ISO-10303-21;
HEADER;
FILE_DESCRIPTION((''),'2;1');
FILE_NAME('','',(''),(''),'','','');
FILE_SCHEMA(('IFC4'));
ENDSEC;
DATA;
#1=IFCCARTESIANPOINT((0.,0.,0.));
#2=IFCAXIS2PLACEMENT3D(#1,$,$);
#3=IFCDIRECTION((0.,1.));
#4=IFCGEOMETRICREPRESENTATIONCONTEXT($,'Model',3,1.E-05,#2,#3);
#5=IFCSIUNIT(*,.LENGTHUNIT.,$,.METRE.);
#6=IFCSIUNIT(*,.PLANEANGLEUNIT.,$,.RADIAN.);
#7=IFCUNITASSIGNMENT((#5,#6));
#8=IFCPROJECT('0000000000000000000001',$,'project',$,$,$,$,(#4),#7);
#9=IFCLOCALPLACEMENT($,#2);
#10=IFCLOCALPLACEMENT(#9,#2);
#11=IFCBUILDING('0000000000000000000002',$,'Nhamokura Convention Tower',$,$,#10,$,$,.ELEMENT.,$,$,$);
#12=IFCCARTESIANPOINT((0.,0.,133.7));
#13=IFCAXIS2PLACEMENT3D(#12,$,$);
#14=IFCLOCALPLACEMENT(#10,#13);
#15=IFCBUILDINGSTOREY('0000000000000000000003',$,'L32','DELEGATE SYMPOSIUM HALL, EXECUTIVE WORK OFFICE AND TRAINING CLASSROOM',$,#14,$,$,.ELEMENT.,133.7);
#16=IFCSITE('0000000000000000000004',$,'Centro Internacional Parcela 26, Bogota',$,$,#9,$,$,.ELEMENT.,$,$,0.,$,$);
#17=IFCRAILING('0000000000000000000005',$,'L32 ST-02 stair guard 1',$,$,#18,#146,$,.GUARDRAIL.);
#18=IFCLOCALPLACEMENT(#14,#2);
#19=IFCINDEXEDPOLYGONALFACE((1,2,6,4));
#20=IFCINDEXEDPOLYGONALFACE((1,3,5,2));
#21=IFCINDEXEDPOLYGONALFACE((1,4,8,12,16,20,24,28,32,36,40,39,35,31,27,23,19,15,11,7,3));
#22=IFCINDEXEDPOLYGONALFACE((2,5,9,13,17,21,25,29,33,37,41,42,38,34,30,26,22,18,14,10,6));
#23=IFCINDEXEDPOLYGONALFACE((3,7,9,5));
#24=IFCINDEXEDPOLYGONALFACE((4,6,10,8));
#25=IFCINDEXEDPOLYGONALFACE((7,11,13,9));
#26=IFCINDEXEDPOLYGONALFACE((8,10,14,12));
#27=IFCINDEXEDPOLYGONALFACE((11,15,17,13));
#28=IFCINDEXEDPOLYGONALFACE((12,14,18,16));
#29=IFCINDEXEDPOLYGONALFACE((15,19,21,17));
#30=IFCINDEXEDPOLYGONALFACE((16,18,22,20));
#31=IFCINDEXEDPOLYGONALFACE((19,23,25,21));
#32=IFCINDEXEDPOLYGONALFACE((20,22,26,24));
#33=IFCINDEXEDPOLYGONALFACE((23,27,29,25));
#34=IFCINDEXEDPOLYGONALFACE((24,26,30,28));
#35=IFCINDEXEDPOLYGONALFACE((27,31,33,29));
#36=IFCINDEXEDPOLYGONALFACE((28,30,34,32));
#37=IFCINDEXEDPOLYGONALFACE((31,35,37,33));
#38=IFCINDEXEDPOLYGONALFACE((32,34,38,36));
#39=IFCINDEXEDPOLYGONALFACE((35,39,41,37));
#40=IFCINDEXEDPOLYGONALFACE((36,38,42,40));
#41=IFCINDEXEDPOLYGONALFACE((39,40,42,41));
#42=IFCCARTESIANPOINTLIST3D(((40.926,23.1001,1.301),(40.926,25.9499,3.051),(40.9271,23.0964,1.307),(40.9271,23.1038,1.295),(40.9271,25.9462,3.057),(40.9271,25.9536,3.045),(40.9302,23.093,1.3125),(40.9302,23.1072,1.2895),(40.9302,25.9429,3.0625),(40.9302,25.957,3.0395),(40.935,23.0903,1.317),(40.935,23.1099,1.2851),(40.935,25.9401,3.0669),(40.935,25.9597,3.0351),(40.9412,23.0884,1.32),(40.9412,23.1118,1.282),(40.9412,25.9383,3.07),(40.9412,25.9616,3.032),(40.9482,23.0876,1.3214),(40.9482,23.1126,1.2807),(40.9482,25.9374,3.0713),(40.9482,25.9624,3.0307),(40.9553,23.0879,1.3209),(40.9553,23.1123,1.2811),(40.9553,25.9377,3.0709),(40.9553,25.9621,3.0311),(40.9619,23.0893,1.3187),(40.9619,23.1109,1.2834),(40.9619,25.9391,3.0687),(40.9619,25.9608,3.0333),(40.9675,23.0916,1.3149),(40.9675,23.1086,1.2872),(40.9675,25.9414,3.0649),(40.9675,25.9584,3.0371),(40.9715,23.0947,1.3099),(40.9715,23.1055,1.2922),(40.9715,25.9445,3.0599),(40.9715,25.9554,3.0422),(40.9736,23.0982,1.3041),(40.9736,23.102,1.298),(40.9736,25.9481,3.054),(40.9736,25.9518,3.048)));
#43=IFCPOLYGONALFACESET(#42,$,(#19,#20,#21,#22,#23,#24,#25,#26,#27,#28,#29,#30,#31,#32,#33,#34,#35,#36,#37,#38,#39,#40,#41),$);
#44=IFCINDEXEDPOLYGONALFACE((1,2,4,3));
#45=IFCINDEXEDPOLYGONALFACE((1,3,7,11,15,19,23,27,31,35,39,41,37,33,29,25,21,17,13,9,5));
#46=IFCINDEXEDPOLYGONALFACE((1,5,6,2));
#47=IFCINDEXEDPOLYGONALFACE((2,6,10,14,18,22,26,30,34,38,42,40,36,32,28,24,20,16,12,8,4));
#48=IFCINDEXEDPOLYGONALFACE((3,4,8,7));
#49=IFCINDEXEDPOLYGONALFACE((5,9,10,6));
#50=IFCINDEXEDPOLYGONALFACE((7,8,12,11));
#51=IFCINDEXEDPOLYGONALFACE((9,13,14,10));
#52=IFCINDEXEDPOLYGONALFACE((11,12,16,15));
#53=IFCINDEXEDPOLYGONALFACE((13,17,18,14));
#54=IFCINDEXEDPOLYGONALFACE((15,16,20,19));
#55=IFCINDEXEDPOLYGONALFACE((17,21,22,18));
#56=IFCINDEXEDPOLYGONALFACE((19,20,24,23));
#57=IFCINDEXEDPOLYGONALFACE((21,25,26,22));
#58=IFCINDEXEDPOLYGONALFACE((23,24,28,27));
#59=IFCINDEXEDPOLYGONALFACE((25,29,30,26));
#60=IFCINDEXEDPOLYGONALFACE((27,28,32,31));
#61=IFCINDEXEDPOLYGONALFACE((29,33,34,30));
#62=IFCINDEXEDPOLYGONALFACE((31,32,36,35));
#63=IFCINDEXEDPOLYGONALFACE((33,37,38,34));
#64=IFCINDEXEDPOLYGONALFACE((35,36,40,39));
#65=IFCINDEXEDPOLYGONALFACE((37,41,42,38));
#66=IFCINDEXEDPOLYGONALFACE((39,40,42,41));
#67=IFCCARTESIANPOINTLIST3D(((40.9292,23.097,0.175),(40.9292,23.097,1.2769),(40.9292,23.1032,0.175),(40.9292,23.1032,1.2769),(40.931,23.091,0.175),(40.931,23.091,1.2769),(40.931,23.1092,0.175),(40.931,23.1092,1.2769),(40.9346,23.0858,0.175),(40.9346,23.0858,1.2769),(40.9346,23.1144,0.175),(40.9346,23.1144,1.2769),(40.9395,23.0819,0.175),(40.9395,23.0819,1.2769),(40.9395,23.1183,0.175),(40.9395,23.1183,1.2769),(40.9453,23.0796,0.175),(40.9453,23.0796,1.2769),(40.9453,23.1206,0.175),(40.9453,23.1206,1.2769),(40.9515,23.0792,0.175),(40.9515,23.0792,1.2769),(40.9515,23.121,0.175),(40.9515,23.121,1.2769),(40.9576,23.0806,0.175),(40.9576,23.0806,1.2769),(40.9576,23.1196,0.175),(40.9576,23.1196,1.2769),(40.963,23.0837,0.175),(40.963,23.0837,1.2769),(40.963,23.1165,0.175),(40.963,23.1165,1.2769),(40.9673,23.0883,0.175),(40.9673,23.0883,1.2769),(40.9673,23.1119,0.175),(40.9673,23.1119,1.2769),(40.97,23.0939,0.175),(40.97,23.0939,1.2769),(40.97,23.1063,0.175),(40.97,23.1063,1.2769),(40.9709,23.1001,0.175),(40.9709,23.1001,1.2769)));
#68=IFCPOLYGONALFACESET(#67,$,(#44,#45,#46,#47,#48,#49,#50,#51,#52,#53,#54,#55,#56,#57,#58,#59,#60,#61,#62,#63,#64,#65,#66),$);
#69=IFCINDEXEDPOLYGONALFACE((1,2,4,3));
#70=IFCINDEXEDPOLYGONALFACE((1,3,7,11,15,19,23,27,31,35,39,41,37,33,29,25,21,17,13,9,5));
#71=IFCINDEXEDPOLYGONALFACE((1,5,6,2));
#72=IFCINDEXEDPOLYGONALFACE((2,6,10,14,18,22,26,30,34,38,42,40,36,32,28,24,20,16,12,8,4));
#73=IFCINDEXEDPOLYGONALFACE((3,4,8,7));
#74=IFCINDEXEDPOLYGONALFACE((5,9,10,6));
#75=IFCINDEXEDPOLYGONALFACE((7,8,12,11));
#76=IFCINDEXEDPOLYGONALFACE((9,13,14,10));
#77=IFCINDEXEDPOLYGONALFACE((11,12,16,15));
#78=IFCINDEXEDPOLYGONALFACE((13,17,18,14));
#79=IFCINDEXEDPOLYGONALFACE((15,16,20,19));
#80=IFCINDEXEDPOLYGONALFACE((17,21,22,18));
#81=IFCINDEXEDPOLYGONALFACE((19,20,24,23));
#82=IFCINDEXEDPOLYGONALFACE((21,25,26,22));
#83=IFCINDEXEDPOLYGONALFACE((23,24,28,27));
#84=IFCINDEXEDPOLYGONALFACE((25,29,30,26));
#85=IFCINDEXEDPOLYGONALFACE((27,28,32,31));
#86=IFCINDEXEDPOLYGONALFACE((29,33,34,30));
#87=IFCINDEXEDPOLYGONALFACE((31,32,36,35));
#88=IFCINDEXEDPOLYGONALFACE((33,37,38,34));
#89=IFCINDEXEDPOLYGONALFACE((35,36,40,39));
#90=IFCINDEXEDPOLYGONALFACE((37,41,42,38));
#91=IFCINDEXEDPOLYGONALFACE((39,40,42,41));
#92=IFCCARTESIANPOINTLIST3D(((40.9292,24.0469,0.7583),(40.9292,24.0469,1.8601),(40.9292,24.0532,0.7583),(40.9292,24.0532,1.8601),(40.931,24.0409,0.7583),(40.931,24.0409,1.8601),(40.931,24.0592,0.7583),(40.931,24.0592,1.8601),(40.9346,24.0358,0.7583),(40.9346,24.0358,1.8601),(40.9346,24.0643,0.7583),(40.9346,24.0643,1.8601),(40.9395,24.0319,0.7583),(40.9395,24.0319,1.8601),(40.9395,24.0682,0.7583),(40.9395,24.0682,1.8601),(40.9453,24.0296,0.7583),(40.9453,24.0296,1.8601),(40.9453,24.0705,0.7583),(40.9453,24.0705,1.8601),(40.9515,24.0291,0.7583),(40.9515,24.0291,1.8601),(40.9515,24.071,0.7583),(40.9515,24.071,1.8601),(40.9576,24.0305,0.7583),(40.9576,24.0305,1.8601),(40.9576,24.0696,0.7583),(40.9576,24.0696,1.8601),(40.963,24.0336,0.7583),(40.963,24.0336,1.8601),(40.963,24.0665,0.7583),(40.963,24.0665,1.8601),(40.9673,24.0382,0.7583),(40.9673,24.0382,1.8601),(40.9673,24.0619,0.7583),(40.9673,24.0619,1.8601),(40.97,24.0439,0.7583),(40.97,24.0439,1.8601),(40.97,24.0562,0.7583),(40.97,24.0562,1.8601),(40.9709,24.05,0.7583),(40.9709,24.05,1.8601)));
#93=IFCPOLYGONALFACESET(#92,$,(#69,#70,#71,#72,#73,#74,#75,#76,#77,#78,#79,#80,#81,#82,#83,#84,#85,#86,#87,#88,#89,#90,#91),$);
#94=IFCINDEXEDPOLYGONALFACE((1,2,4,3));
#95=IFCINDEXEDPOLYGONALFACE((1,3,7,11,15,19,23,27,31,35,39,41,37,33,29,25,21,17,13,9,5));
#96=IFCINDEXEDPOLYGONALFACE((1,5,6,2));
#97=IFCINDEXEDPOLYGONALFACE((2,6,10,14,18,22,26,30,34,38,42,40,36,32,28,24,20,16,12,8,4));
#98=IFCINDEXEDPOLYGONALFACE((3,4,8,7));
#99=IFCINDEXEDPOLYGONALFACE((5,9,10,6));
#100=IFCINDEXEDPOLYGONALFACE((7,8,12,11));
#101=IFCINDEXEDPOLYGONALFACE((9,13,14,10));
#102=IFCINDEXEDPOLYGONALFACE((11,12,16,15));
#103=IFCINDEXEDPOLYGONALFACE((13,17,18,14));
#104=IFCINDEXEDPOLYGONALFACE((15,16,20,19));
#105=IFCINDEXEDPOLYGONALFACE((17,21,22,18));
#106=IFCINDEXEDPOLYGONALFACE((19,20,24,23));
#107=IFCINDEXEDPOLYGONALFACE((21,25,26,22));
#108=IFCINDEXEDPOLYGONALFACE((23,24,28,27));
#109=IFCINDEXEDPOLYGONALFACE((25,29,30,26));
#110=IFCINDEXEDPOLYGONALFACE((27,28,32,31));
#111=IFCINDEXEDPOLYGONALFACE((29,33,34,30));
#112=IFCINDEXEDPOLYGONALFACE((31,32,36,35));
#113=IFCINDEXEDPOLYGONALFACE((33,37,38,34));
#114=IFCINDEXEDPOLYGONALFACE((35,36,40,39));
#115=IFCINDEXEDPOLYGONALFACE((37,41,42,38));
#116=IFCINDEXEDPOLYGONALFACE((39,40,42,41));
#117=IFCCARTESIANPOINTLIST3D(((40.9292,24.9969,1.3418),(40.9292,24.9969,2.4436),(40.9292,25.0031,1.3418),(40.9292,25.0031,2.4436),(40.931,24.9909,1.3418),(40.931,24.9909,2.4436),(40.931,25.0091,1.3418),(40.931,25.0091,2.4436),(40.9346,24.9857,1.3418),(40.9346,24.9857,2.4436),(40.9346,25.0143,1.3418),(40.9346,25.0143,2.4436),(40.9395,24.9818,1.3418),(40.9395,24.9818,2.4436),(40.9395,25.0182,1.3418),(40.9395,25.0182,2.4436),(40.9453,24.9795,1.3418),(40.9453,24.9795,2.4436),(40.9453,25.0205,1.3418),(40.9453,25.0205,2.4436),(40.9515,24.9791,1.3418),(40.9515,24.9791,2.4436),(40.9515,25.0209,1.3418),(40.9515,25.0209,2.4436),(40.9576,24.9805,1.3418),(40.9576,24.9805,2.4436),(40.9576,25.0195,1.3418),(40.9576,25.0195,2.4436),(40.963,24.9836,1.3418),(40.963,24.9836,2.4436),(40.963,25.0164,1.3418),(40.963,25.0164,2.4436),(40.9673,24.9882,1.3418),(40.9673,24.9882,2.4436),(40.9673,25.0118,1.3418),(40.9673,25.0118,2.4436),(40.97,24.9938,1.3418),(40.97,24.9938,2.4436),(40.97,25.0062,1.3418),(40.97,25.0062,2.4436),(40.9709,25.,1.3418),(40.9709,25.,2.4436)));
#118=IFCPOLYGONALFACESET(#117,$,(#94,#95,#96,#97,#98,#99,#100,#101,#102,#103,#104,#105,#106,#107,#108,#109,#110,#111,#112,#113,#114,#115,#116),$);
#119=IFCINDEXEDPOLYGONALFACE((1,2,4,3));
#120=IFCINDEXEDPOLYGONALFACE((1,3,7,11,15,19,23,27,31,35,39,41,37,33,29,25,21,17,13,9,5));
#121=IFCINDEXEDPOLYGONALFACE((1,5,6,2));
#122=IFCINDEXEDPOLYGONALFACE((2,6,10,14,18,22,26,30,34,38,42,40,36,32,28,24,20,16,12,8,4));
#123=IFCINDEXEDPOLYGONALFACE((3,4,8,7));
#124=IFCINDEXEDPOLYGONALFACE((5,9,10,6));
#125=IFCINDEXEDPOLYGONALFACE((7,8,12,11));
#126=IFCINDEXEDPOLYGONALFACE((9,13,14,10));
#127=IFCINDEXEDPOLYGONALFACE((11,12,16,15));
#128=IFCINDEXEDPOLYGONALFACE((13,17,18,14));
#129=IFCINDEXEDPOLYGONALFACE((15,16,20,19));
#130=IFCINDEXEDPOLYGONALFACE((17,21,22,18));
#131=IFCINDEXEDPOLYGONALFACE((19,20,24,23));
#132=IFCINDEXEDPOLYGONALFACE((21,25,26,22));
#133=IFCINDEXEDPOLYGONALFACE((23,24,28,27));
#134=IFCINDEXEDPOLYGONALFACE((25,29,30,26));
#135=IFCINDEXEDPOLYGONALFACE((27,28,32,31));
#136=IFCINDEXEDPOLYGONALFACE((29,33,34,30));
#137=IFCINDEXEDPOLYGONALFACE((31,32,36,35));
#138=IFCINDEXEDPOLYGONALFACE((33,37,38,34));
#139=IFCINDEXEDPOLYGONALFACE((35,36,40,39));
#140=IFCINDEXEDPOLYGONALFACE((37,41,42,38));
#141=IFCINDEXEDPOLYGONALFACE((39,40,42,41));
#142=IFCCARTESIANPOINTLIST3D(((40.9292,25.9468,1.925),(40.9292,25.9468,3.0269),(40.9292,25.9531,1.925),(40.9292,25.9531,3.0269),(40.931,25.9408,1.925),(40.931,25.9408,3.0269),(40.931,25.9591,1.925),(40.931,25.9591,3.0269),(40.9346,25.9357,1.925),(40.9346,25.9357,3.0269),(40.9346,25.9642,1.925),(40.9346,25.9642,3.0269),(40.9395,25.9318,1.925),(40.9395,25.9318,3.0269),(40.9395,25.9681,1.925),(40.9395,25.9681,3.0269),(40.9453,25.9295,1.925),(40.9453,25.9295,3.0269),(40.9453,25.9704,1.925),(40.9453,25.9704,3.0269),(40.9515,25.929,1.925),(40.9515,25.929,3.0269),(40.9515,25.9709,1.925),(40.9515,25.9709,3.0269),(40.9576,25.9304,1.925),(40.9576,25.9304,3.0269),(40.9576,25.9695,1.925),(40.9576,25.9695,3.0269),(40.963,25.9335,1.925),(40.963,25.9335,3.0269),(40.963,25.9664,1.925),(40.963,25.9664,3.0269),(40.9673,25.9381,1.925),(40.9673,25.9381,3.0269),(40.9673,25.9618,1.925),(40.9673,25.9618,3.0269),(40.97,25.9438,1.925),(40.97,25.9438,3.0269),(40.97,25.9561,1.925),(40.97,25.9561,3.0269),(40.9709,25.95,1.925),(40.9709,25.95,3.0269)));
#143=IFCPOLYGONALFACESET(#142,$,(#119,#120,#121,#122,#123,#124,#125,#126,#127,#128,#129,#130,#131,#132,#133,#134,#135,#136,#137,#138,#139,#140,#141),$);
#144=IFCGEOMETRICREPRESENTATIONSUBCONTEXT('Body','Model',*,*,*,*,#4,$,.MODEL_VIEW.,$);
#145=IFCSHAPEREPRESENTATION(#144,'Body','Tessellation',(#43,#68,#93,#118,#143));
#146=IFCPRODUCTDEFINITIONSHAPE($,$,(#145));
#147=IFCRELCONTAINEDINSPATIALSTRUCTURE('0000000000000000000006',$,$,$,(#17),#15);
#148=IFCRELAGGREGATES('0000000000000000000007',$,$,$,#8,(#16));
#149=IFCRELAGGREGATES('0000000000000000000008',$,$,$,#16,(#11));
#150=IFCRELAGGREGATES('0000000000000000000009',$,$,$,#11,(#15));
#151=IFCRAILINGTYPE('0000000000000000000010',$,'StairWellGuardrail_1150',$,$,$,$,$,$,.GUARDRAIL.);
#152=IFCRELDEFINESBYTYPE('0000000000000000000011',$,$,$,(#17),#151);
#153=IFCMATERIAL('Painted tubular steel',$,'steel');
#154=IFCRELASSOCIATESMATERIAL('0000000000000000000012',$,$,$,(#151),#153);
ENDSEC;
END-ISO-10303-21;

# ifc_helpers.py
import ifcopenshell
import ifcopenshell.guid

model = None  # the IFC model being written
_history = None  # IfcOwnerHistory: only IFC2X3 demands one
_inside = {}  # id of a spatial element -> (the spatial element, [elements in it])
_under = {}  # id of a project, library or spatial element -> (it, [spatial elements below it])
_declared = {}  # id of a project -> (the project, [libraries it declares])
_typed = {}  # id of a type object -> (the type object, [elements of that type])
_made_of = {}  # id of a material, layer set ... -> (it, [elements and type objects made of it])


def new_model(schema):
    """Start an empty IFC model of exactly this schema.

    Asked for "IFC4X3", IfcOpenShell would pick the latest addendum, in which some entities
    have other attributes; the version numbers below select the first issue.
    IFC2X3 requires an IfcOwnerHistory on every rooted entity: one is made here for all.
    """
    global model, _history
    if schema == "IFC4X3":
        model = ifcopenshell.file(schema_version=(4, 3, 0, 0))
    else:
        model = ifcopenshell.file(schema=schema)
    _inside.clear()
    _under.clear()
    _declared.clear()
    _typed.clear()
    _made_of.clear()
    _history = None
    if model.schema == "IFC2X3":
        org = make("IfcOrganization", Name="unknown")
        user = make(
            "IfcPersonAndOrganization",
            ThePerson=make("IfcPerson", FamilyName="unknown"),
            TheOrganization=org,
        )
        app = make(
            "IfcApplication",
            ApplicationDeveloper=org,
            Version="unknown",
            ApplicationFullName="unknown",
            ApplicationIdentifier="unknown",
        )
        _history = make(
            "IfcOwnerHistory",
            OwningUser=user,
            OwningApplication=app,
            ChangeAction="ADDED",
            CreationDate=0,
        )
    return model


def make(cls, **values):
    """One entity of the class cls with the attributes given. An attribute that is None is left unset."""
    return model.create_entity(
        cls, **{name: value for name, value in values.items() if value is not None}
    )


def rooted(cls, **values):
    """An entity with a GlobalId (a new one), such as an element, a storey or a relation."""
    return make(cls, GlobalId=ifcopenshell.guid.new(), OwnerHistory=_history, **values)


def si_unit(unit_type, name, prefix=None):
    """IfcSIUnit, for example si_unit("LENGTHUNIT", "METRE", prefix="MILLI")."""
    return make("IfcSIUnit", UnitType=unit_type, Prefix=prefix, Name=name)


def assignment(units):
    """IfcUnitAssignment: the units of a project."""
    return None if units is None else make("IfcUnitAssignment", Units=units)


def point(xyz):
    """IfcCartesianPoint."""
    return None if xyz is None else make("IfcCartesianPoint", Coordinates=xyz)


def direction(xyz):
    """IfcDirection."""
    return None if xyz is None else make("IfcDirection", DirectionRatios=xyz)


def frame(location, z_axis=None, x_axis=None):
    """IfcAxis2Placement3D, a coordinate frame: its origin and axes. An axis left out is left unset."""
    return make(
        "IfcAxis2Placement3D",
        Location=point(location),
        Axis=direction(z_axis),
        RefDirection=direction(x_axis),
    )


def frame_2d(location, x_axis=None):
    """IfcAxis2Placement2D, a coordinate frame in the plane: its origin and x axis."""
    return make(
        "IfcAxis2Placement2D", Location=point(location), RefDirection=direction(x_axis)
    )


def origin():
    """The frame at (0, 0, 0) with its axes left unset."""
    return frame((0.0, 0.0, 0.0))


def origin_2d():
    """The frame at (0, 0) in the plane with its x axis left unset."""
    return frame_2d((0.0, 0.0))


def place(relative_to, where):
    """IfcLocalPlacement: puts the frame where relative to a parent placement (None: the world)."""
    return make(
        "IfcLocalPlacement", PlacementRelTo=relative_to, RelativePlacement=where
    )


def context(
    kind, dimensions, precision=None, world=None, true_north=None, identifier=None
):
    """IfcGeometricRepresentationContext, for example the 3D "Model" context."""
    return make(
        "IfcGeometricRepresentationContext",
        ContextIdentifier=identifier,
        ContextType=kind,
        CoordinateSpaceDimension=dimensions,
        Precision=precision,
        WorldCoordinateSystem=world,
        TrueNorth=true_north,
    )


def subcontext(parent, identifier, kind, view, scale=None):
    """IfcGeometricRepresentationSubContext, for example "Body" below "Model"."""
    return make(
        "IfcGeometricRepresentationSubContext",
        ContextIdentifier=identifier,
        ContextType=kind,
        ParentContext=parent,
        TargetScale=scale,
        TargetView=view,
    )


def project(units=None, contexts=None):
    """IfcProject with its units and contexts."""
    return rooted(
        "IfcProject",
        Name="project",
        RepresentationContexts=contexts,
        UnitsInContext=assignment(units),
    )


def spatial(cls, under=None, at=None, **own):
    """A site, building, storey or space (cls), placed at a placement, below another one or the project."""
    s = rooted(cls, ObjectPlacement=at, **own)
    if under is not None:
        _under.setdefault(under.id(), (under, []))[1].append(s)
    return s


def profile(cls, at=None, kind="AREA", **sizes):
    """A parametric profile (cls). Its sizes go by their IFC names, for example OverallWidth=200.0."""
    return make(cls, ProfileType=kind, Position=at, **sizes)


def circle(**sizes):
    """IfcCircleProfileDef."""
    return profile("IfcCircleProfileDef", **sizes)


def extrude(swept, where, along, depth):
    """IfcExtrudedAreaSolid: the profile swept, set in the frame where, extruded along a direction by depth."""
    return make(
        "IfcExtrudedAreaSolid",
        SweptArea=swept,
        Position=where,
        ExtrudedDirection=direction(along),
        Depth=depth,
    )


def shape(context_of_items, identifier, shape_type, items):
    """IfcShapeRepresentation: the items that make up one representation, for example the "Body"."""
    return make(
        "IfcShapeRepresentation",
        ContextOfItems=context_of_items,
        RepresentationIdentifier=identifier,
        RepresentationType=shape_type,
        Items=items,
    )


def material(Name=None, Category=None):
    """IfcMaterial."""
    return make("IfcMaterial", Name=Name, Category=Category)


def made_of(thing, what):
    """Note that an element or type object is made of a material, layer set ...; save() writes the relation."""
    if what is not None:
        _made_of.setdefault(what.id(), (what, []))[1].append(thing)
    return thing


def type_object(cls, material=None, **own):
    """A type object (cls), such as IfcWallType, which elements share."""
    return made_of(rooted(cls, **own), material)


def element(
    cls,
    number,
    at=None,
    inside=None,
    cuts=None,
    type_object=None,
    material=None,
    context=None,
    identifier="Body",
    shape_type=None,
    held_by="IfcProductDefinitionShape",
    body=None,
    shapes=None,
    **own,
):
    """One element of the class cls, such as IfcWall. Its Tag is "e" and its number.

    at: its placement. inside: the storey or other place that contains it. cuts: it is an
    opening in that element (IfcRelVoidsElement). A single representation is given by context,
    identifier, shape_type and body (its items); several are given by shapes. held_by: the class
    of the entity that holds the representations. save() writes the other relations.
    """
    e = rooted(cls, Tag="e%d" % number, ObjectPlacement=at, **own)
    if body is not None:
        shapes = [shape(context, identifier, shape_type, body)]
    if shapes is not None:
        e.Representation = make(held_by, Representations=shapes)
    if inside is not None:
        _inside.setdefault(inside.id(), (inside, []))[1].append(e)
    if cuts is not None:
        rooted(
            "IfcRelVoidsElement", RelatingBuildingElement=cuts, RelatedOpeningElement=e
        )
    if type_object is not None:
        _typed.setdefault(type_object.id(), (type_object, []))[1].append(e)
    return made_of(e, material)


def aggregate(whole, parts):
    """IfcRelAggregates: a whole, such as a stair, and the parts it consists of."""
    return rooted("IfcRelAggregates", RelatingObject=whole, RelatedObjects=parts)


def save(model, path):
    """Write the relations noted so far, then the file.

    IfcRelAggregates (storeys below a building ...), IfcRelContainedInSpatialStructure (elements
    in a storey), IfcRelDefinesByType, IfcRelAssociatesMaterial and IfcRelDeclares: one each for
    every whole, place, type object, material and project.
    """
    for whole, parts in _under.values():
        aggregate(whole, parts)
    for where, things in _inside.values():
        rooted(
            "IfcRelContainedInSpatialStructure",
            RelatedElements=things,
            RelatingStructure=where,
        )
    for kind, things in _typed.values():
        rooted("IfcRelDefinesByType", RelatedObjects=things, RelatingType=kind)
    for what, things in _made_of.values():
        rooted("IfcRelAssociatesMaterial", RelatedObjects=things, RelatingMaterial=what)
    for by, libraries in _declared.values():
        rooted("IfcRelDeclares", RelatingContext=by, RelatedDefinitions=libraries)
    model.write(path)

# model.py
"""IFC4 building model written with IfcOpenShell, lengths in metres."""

from ifc_helpers import new_model, si_unit, direction, frame, origin, origin_2d, place, context, subcontext, project, spatial, circle, extrude, material, type_object, element, save


model = new_model("IFC4")

# Units and contexts
model_context = context("Model", 3, precision=1e-05, world=origin(), true_north=direction((0.0, 1.0)))
body_context = subcontext(model_context, "Body", "Model", "MODEL_VIEW")
ifc_project = project(units=[si_unit("LENGTHUNIT", "METRE"), si_unit("PLANEANGLEUNIT", "RADIAN")], contexts=[model_context])

# Site, building, storey
site_placement = place(None, origin())
site = spatial("IfcSite", under=ifc_project, at=site_placement, Name="Centro Internacional Parcela 26, Bogota", CompositionType="ELEMENT", RefElevation=0.0)
building_placement = place(site_placement, origin())
building = spatial("IfcBuilding", under=site, at=building_placement, Name="Nhamokura Convention Tower", CompositionType="ELEMENT")
storey_placement = place(building_placement, frame((0.0, 0.0, 133.7)))
storey = spatial("IfcBuildingStorey", under=building, at=storey_placement, Name="L32", Description="DELEGATE SYMPOSIUM HALL, EXECUTIVE WORK OFFICE AND TRAINING CLASSROOM", CompositionType="ELEMENT", Elevation=133.7)

# Railing
ifc_material_1 = material(Name="Painted tubular steel", Category="steel")
railing_type_1 = type_object("IfcRailingType", Name="StairWellGuardrail_1150", PredefinedType="GUARDRAIL", material=ifc_material_1)
railing_1_placement = place(storey_placement, frame((40.95, 23.1001, 0.175)))
element("IfcRailing", 1, at=railing_1_placement, inside=storey, type_object=railing_type_1, Name="L32 ST-02 stair guard 1", PredefinedType="GUARDRAIL", context=body_context, shape_type="SweptSolid", body=[
    extrude(circle(Radius=0.0239, at=origin_2d()), frame((0.0, 0.0, 1.126), z_axis=(0.0, 0.852159, 0.523283), x_axis=(-1.0, 0.0, 0.0)), (0.0, 0.0, 1.0), 3.3442),
    extrude(circle(Radius=0.021, at=origin_2d()), origin(), (0.0, 0.0, 1.0), 1.1018),
    extrude(circle(Radius=0.021, at=origin_2d()), frame((0.0, 0.95, 0.5833)), (0.0, 0.0, 1.0), 1.1018),
    extrude(circle(Radius=0.021, at=origin_2d()), frame((0.0, 1.8999, 1.1667)), (0.0, 0.0, 1.0), 1.1018),
    extrude(circle(Radius=0.021, at=origin_2d()), frame((0.0, 2.8499, 1.75)), (0.0, 0.0, 1.0), 1.1018),
])

save(model, "model.ifc")
